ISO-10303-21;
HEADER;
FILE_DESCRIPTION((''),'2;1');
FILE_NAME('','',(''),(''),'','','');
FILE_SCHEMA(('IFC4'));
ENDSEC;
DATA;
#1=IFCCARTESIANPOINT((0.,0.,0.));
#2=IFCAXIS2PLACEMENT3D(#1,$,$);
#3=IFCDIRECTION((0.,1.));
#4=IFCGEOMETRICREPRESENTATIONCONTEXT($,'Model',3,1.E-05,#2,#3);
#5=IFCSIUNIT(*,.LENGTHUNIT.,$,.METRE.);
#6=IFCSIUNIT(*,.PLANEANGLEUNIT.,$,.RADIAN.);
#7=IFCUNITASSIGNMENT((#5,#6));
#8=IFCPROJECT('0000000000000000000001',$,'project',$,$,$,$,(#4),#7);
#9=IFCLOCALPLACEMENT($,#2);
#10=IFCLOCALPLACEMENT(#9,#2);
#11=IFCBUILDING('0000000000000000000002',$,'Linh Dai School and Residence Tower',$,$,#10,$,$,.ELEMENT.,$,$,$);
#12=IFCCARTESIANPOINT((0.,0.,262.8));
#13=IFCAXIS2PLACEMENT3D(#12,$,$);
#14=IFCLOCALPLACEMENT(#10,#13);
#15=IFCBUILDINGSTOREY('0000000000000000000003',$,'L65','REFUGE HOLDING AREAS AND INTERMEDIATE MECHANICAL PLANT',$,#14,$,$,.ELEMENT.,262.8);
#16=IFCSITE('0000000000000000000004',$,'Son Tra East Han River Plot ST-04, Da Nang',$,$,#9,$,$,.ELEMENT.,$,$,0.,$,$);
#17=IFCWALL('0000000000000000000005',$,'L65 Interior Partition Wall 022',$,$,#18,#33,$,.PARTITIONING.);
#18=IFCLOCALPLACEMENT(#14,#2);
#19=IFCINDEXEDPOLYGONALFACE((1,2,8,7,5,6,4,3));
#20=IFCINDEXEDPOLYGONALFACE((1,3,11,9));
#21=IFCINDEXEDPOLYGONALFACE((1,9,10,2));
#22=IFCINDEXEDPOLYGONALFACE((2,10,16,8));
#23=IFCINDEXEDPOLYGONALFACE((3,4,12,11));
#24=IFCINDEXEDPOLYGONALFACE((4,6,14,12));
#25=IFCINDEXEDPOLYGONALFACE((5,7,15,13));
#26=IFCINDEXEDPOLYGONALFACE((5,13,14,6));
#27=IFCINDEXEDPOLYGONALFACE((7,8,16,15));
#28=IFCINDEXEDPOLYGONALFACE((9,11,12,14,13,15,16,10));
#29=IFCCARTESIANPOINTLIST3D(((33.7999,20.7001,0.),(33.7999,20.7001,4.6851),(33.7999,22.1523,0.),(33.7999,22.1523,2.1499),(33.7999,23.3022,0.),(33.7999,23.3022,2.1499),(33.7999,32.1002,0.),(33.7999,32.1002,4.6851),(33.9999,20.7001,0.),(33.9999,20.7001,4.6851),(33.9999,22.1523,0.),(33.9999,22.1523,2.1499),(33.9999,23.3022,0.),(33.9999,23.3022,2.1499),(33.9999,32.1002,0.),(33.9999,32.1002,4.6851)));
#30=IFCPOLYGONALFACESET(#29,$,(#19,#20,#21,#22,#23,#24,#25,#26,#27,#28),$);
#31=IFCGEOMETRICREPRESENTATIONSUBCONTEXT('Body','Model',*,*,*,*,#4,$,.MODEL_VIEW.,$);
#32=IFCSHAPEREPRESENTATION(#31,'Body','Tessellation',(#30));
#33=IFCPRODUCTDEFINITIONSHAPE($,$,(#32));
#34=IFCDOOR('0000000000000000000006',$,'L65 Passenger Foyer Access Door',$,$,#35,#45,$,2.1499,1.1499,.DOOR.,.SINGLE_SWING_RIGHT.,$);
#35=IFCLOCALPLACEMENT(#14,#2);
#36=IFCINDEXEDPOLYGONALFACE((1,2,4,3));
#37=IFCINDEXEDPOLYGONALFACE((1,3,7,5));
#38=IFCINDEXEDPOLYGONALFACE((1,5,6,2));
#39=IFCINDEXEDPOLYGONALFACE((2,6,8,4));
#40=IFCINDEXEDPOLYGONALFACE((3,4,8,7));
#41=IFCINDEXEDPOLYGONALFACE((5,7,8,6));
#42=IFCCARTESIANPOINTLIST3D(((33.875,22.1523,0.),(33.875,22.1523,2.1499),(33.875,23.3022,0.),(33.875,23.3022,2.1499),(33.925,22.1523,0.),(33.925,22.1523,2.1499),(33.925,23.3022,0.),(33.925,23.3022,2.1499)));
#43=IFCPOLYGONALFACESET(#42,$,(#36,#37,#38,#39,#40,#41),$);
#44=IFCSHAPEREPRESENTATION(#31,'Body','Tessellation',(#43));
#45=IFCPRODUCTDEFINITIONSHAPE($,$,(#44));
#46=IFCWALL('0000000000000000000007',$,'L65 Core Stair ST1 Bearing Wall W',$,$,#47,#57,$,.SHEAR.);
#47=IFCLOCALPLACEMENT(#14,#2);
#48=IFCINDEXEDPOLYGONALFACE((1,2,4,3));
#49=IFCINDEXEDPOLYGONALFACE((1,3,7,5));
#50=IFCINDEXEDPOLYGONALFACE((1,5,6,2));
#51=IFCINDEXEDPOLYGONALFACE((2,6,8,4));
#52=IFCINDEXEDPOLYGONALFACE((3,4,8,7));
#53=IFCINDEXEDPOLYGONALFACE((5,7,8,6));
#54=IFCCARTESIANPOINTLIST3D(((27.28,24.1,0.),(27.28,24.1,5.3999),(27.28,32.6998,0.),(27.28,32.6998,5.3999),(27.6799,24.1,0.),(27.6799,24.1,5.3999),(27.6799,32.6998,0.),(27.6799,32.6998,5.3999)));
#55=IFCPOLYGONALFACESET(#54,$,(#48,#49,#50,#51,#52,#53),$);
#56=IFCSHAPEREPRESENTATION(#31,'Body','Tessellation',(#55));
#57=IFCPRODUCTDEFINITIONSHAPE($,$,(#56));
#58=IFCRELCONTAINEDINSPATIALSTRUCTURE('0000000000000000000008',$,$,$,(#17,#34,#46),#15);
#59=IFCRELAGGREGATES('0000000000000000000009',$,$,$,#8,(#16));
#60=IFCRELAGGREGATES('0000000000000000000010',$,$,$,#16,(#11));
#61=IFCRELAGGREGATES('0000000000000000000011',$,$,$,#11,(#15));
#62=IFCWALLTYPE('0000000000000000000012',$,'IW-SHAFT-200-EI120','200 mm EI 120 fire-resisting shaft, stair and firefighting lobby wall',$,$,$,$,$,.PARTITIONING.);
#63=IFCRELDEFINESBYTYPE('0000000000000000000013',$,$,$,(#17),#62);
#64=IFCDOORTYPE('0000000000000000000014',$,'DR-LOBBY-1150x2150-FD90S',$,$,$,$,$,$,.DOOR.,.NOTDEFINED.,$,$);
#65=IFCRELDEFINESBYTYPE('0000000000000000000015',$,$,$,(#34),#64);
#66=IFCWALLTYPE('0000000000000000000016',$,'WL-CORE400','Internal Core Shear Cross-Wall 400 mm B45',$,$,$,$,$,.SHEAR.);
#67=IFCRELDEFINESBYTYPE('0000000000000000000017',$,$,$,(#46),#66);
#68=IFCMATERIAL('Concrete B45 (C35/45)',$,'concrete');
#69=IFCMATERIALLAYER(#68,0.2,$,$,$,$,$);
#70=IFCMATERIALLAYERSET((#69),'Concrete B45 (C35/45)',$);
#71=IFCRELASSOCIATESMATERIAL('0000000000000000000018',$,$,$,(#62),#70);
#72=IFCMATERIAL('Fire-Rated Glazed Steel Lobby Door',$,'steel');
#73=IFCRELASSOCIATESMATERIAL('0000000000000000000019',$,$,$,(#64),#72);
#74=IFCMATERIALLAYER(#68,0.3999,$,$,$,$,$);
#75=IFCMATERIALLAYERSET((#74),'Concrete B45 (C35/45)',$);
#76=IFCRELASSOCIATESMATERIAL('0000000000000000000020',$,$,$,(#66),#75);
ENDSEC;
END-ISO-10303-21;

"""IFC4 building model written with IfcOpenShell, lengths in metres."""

from ifc_helpers import new_model, si_unit, direction, frame, frame_2d, origin, origin_2d, place, context, subcontext, project, spatial, rectangle, extrude, source, transform, mapped, material, layer, layer_set, type_object, element, fill, save


model = new_model("IFC4")

# Units and contexts
model_context = context("Model", 3, precision=1e-05, world=origin(), true_north=direction((0.0, 1.0)))
body_context = subcontext(model_context, "Body", "Model", "MODEL_VIEW")
ifc_project = project(units=[si_unit("LENGTHUNIT", "METRE"), si_unit("PLANEANGLEUNIT", "RADIAN")], contexts=[model_context])

# Site, building, storey
site_placement = place(None, origin())
site = spatial("IfcSite", under=ifc_project, at=site_placement, Name="Son Tra East Han River Plot ST-04, Da Nang", CompositionType="ELEMENT", RefElevation=0.0)
building_placement = place(site_placement, origin())
building = spatial("IfcBuilding", under=site, at=building_placement, Name="Linh Dai School and Residence Tower", CompositionType="ELEMENT")
storey_placement = place(building_placement, frame((0.0, 0.0, 262.8)))
storey = spatial("IfcBuildingStorey", under=building, at=storey_placement, Name="L65", Description="REFUGE HOLDING AREAS AND INTERMEDIATE MECHANICAL PLANT", CompositionType="ELEMENT", Elevation=262.8)

# Shared definitions
ifc_material_1 = material(Name="Concrete B45 (C35/45)", Category="concrete")

# Wall, opening, door
ifc_layer_1 = layer(ifc_material_1, 0.2)
ifc_layer_set_1 = layer_set([ifc_layer_1], Name="Concrete B45 (C35/45)")
wall_type_1 = type_object("IfcWallType", Name="IW-SHAFT-200-EI120", Description="200 mm EI 120 fire-resisting shaft, stair and firefighting lobby wall", PredefinedType="PARTITIONING", material=ifc_layer_set_1)
wall_1_placement = place(storey_placement, frame((33.8999, 20.7, 0.0), z_axis=(0.0, 0.0, 1.0), x_axis=(0.0, 1.0, 0.0)))
wall_1 = element("IfcWall", 1, at=wall_1_placement, inside=storey, type_object=wall_type_1, Name="L65 Interior Partition Wall 022", PredefinedType="PARTITIONING", context=body_context, shape_type="SweptSolid", body=[
    extrude(rectangle(XDim=11.4001, YDim=0.2, at=frame_2d((5.7002, 0.0))), origin(), (0.0, 0.0, 1.0), 4.6851),
])
opening_1_placement = place(wall_1_placement, frame((1.4524, 0.0, 0.0)))
opening_1 = element("IfcOpeningElement", 2, at=opening_1_placement, cuts=wall_1, PredefinedType="OPENING", context=body_context, shape_type="SweptSolid", body=[
    extrude(rectangle(XDim=1.1499, YDim=2.1499, at=origin_2d()), frame((0.575, 0.1099, 1.075), z_axis=(0.0, -1.0, 0.0), x_axis=(1.0, 0.0, 0.0)), (0.0, 0.0, 1.0), 0.22),
])
ifc_material_2 = material(Name="Fire-Rated Glazed Steel Lobby Door", Category="steel")
door_type_1 = type_object("IfcDoorType", Name="DR-LOBBY-1150x2150-FD90S", OperationType="NOTDEFINED", PredefinedType="DOOR", material=ifc_material_2)
shared_shape_1 = source(origin(), body_context, "Body", "SweptSolid", [
    extrude(rectangle(XDim=1.1499, YDim=2.1499, at=origin_2d()), frame((0.575, 0.0249, 1.075), z_axis=(0.0, -1.0, 0.0), x_axis=(1.0, 0.0, 0.0)), (0.0, 0.0, 1.0), 0.05),
])
door_1_placement = place(opening_1_placement, origin())
door_1 = element("IfcDoor", 3, at=door_1_placement, inside=storey, type_object=door_type_1, Name="L65 Passenger Foyer Access Door", OperationType="SINGLE_SWING_RIGHT", OverallHeight=2.1499, OverallWidth=1.1499, PredefinedType="DOOR", context=body_context, shape_type="MappedRepresentation", body=[
    mapped(shared_shape_1, transform((0.0, 0.0, 0.0), x_axis=(1.0, 0.0, 0.0), y_axis=(0.0, 1.0, 0.0), z_axis=(0.0, 0.0, 1.0), scale=1.0)),
])
fill(opening_1, door_1)

# Wall
ifc_layer_2 = layer(ifc_material_1, 0.3999)
ifc_layer_set_2 = layer_set([ifc_layer_2], Name="Concrete B45 (C35/45)")
wall_type_2 = type_object("IfcWallType", Name="WL-CORE400", Description="Internal Core Shear Cross-Wall 400 mm B45", PredefinedType="SHEAR", material=ifc_layer_set_2)
wall_2_placement = place(storey_placement, frame((27.48, 24.1001, 0.0), z_axis=(0.0, 0.0, 1.0), x_axis=(0.0, 1.0, 0.0)))
element("IfcWall", 4, at=wall_2_placement, inside=storey, type_object=wall_type_2, Name="L65 Core Stair ST1 Bearing Wall W", PredefinedType="SHEAR", context=body_context, shape_type="SweptSolid", body=[
    extrude(rectangle(XDim=8.5999, YDim=0.3999, at=frame_2d((4.2998, 0.0))), origin(), (0.0, 0.0, 1.0), 5.3999),
])

save(model, "model.ifc")
